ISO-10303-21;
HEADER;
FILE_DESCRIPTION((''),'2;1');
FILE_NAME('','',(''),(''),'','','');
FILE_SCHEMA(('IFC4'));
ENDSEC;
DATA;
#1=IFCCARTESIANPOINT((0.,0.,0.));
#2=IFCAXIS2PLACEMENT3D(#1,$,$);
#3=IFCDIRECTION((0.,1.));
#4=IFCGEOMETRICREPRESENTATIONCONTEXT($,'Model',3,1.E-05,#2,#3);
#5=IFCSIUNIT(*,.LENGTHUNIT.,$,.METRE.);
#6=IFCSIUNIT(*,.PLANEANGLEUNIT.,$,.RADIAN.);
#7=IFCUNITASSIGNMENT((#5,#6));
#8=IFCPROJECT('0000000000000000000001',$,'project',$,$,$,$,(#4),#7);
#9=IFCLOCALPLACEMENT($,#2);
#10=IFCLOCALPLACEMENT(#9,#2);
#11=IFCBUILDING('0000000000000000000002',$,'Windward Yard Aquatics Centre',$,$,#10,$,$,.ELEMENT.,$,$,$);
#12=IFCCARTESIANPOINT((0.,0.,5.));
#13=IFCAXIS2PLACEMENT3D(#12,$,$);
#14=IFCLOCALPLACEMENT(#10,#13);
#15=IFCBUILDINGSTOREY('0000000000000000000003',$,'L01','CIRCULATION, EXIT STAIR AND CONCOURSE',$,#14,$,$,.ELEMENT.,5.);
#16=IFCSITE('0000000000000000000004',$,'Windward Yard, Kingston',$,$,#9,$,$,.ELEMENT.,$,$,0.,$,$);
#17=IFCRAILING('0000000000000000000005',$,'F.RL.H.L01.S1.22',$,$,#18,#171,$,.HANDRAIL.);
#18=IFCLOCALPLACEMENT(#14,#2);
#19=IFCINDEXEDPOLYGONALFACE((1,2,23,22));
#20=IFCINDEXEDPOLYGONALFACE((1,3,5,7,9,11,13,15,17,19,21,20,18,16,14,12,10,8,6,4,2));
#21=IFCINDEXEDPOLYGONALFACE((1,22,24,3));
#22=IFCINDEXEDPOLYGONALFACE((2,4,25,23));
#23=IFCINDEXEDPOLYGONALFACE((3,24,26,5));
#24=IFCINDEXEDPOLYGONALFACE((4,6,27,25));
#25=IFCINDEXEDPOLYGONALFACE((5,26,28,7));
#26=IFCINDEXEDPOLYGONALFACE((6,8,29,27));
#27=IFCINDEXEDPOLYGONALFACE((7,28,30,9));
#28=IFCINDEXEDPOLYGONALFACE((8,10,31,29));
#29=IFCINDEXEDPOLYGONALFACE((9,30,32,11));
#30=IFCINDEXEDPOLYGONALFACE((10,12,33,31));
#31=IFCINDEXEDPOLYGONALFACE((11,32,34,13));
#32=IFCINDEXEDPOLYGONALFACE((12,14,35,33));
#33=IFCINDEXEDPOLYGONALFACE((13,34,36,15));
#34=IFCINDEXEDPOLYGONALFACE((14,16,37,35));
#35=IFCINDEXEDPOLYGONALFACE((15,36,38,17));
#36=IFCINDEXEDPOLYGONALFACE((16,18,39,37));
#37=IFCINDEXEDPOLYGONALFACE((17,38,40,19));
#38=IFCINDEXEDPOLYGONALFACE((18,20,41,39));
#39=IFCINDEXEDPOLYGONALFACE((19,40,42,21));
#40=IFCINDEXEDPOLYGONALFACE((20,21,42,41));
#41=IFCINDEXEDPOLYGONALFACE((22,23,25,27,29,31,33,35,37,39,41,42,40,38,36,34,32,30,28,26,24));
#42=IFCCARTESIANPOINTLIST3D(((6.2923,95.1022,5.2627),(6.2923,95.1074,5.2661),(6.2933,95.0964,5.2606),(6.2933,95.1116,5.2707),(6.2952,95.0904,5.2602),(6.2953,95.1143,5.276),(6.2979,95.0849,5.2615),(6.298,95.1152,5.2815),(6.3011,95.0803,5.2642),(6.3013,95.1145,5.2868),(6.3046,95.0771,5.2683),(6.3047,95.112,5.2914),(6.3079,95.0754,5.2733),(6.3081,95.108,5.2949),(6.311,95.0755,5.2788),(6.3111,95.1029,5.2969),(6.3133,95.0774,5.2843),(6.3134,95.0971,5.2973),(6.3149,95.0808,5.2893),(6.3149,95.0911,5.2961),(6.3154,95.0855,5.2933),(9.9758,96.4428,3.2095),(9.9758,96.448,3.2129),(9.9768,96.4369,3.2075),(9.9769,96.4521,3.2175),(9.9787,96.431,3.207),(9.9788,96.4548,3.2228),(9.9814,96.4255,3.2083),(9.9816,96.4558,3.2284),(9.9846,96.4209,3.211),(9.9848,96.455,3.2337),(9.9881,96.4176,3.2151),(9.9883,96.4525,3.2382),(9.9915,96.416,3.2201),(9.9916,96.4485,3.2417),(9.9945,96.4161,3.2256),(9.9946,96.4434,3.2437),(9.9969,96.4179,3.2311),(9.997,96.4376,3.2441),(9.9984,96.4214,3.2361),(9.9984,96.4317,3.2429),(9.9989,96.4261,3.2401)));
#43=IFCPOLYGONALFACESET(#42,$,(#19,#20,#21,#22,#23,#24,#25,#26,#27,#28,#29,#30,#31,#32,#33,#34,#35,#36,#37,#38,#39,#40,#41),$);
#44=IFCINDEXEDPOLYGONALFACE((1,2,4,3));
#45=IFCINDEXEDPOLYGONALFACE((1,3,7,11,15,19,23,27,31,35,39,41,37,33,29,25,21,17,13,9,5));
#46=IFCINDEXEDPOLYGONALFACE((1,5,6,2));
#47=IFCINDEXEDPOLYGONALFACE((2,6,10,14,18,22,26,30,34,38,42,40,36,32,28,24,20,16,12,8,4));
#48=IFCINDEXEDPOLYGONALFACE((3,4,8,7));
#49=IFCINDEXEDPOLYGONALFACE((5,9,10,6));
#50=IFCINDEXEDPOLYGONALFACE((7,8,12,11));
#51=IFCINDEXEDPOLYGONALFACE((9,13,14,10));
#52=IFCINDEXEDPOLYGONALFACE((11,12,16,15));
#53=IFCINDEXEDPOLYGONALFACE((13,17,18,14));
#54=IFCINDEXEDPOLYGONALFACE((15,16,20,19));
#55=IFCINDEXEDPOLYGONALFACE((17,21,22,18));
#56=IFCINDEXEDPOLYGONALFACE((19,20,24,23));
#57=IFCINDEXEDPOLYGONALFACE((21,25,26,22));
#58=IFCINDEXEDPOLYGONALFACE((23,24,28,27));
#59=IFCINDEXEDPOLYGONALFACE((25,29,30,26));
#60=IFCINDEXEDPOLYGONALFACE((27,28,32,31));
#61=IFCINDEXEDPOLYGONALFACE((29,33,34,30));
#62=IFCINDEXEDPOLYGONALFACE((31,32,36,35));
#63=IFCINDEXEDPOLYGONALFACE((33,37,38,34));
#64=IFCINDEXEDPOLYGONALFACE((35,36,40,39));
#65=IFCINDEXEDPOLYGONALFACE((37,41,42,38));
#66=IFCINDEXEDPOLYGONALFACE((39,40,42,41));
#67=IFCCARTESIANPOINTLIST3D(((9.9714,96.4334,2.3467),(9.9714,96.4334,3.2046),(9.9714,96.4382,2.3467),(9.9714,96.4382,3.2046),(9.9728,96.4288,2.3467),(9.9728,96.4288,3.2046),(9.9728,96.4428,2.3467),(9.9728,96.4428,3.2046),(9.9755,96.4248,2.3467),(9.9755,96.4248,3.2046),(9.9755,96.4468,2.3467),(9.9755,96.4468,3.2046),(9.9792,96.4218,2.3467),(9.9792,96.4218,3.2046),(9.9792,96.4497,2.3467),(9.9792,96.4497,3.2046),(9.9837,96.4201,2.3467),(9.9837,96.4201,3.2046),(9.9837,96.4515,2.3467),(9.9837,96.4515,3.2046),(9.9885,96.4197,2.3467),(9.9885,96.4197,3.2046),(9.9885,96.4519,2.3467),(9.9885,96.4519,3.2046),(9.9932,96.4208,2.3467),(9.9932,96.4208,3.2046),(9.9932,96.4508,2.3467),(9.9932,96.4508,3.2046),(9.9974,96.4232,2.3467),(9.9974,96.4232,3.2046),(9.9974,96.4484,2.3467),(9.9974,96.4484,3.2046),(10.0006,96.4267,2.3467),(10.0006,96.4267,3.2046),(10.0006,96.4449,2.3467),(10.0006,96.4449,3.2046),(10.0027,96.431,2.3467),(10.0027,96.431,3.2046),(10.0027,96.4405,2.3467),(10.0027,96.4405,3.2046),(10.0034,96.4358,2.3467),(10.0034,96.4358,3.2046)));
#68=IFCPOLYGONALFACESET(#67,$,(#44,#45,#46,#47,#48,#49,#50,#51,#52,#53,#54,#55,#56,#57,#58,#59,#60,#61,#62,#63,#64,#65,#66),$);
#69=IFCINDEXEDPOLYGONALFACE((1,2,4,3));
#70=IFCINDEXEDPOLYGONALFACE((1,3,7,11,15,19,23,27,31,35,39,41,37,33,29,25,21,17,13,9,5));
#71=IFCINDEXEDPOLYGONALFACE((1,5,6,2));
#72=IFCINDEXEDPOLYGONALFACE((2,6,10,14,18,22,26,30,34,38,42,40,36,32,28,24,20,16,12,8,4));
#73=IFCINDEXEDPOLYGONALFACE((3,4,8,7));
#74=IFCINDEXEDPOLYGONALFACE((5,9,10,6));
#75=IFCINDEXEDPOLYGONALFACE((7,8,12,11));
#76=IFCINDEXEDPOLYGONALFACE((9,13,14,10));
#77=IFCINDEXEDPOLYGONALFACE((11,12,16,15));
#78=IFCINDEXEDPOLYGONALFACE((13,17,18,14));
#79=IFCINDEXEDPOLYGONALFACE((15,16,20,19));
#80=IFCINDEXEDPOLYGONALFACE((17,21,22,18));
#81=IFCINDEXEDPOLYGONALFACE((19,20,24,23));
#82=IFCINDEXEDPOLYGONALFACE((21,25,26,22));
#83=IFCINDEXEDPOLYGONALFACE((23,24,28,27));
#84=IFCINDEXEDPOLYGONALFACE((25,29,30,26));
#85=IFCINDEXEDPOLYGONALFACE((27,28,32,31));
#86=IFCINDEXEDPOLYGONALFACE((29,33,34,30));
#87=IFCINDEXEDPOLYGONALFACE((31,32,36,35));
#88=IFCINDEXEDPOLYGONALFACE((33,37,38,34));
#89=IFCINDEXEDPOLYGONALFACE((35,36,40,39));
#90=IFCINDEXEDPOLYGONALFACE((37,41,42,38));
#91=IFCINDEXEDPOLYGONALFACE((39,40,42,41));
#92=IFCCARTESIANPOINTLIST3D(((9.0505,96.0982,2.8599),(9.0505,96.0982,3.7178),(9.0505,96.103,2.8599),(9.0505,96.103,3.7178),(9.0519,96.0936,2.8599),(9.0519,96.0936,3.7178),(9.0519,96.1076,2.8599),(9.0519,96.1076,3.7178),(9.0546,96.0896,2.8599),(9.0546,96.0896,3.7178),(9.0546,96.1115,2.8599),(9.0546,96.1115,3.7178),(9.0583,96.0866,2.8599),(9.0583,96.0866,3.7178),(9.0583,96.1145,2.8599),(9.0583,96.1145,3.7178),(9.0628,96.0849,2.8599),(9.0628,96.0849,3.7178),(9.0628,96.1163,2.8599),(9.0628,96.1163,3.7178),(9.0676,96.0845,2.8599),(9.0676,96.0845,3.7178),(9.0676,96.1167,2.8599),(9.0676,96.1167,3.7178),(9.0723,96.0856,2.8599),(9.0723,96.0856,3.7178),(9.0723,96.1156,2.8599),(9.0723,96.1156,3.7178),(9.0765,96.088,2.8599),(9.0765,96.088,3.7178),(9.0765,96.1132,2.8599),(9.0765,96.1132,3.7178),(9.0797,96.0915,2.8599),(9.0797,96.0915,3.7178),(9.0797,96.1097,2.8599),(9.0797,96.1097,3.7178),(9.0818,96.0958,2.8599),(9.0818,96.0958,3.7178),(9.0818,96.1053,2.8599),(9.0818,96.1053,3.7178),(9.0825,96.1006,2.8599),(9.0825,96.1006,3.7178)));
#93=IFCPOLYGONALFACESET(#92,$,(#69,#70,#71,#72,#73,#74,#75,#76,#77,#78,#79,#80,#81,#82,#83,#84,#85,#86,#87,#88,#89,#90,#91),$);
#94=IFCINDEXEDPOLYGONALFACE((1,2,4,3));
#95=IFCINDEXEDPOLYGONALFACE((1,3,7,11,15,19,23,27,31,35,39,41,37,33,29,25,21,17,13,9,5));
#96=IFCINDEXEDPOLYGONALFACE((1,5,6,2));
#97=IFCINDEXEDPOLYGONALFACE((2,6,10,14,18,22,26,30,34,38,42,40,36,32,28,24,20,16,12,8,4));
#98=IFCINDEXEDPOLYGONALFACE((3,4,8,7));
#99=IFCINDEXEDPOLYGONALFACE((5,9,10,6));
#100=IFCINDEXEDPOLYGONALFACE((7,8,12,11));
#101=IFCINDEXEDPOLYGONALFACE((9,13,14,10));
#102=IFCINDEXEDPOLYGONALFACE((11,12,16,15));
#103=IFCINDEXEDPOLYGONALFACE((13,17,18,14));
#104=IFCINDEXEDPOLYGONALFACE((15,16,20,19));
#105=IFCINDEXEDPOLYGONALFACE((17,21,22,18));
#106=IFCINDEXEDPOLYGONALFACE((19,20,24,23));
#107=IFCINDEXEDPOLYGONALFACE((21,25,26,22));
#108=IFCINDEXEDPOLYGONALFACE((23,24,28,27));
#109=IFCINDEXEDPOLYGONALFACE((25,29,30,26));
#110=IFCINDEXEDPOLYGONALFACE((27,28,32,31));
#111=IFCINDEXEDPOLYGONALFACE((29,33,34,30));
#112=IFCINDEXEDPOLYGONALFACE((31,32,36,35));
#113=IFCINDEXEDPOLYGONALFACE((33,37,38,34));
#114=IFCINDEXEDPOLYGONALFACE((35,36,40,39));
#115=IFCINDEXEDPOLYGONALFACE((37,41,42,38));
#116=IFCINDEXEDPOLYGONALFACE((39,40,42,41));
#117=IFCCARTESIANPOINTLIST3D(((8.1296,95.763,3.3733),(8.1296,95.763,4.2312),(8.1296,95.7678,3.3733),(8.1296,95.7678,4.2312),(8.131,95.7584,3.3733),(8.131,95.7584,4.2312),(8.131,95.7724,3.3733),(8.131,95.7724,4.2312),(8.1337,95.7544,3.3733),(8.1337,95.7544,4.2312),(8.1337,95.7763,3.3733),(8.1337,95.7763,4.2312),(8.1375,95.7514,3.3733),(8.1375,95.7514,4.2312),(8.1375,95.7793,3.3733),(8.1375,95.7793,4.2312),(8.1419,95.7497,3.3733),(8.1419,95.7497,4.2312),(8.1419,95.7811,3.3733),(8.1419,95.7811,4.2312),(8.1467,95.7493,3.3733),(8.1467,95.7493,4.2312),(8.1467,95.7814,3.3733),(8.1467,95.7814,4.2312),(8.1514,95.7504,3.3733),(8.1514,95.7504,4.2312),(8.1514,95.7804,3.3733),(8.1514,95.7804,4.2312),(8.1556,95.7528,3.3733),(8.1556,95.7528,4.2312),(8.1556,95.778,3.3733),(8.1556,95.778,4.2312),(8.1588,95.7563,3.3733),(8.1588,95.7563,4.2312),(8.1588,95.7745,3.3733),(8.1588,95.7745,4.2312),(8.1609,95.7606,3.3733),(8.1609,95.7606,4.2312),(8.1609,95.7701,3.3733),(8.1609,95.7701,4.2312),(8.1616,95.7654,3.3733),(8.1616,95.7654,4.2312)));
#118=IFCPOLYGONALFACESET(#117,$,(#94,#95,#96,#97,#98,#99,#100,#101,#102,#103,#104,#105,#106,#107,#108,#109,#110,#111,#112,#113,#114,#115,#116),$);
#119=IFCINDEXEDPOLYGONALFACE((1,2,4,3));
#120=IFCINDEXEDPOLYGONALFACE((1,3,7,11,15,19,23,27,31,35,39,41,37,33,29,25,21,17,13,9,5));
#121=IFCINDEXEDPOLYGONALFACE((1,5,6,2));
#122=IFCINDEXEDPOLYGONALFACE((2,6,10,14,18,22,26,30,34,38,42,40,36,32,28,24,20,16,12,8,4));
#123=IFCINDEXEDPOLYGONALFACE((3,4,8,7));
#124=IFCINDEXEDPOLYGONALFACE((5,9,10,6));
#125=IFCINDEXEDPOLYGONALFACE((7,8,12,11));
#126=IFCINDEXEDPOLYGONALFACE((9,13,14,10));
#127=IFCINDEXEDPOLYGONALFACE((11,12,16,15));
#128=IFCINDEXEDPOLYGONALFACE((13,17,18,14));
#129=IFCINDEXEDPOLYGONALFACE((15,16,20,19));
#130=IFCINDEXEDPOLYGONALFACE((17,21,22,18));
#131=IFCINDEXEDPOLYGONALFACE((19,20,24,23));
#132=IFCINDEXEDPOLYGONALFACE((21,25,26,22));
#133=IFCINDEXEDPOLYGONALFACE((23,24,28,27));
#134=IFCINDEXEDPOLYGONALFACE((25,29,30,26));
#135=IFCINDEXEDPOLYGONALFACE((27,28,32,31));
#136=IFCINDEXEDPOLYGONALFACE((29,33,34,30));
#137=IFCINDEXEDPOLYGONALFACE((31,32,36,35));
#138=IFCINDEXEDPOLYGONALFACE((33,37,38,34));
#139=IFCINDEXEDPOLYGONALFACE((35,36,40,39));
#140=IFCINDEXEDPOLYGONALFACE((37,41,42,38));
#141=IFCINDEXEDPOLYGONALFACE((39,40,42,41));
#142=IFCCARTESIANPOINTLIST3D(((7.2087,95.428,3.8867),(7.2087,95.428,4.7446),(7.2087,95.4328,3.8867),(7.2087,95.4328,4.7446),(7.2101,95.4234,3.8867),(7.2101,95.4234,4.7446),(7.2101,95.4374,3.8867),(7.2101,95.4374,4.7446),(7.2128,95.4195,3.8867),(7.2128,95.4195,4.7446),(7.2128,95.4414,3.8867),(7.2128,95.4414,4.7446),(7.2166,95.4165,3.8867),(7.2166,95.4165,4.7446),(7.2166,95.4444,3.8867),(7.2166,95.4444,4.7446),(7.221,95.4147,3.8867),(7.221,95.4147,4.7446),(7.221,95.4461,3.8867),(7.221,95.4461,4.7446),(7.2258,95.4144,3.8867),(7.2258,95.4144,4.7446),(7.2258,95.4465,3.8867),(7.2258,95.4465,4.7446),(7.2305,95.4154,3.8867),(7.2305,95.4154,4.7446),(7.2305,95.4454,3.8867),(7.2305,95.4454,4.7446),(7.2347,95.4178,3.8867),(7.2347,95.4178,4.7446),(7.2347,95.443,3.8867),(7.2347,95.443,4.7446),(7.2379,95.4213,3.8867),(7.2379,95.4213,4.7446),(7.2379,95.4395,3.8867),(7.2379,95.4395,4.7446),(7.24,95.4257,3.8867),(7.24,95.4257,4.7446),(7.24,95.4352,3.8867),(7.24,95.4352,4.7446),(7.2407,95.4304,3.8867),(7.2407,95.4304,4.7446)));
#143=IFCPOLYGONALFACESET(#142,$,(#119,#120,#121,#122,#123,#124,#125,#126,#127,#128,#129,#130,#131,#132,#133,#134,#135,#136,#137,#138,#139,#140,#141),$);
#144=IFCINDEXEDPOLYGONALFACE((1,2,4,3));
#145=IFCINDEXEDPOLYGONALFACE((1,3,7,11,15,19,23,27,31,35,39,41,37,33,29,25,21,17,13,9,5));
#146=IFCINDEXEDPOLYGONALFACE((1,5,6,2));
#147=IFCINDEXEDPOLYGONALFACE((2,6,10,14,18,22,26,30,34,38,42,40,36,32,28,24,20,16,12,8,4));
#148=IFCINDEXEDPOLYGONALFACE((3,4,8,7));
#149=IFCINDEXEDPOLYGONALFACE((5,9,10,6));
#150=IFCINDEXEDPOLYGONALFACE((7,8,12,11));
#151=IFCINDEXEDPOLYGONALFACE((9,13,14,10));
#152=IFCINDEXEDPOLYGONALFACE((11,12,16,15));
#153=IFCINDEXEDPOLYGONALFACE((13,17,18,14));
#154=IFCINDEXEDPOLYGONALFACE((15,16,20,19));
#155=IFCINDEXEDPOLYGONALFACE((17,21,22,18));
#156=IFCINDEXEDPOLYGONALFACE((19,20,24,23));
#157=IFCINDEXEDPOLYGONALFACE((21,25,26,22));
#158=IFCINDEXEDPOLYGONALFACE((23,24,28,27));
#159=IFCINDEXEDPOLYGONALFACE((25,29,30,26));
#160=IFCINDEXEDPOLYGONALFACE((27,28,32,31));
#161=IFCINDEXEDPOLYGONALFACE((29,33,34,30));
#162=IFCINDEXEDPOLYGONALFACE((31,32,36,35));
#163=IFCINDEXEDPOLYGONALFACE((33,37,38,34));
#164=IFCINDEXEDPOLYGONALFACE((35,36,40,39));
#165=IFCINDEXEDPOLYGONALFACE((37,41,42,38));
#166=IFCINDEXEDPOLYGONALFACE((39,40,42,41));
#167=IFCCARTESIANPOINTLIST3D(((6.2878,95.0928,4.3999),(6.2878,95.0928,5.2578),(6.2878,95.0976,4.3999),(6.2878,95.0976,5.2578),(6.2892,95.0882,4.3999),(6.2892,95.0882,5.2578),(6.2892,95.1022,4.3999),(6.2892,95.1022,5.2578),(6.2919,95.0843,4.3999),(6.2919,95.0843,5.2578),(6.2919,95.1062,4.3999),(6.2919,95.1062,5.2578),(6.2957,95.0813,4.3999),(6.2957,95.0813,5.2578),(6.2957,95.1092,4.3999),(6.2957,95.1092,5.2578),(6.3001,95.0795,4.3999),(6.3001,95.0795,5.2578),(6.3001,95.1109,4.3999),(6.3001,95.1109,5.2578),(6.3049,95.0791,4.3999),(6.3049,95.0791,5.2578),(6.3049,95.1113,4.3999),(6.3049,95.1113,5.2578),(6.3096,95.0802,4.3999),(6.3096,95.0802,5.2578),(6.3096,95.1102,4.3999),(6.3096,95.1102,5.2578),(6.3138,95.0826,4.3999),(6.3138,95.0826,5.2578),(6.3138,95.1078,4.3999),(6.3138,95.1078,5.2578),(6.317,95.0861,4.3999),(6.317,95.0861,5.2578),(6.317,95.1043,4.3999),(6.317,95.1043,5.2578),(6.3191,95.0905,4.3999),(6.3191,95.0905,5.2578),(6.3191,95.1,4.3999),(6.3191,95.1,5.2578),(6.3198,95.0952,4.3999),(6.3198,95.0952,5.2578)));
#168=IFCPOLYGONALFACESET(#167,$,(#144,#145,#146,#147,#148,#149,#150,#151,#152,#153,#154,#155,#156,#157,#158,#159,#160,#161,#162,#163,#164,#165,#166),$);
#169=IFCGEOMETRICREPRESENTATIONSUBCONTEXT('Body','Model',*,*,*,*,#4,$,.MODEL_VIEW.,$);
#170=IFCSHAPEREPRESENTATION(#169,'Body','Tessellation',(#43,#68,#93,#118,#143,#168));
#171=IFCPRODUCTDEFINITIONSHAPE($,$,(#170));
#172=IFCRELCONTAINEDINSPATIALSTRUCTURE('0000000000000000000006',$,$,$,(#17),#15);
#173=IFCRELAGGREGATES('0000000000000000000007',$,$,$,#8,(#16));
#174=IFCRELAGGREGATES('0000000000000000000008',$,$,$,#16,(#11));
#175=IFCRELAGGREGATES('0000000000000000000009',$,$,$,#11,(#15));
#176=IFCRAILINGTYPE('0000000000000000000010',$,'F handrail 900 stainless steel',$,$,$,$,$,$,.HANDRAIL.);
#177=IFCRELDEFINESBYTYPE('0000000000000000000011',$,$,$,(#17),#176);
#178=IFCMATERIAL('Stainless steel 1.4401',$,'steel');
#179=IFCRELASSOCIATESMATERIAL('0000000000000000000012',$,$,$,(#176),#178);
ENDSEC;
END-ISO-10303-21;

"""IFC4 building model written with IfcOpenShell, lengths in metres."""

from ifc_helpers import new_model, si_unit, direction, frame, origin, origin_2d, place, context, subcontext, project, spatial, circle, extrude, material, type_object, element, save


model = new_model("IFC4")

# Units and contexts
model_context = context("Model", 3, precision=1e-05, world=origin(), true_north=direction((0.0, 1.0)))
body_context = subcontext(model_context, "Body", "Model", "MODEL_VIEW")
ifc_project = project(units=[si_unit("LENGTHUNIT", "METRE"), si_unit("PLANEANGLEUNIT", "RADIAN")], contexts=[model_context])

# Site, building, storey
site_placement = place(None, origin())
site = spatial("IfcSite", under=ifc_project, at=site_placement, Name="Windward Yard, Kingston", CompositionType="ELEMENT", RefElevation=0.0)
building_placement = place(site_placement, origin())
building = spatial("IfcBuilding", under=site, at=building_placement, Name="Windward Yard Aquatics Centre", CompositionType="ELEMENT")
storey_placement = place(building_placement, frame((0.0, 0.0, 5.0)))
storey = spatial("IfcBuildingStorey", under=building, at=storey_placement, Name="L01", Description="CIRCULATION, EXIT STAIR AND CONCOURSE", CompositionType="ELEMENT", Elevation=5.0)

# Railing
ifc_material_1 = material(Name="Stainless steel 1.4401", Category="steel")
railing_type = type_object("IfcRailingType", Name="F handrail 900 stainless steel", PredefinedType="HANDRAIL", material=ifc_material_1)
railing_1_placement = place(storey_placement, frame((9.9873, 96.4358, 2.3467)))
element("IfcRailing", 1, at=railing_1_placement, inside=storey, type_object=railing_type, Name="F.RL.H.L01.S1.22", PredefinedType="HANDRAIL", context=body_context, shape_type="SweptSolid", body=[
    extrude(circle(Radius=0.021, at=origin_2d()), frame((0.0, 0.0, 0.8789), z_axis=(-0.832427, -0.302947, 0.463992), x_axis=(0.341988, -0.939704, 0.0)), (0.0, 0.0, 1.0), 4.425),
    extrude(circle(Radius=0.0161, at=origin_2d()), origin(), (0.0, 0.0, 1.0), 0.8579),
    extrude(circle(Radius=0.0161, at=origin_2d()), frame((-0.9209, -0.3352, 0.5132)), (0.0, 0.0, 1.0), 0.8579),
    extrude(circle(Radius=0.0161, at=origin_2d()), frame((-1.8418, -0.6704, 1.0266)), (0.0, 0.0, 1.0), 0.8579),
    extrude(circle(Radius=0.0161, at=origin_2d()), frame((-2.7627, -1.0054, 1.54)), (0.0, 0.0, 1.0), 0.8579),
    extrude(circle(Radius=0.0161, at=origin_2d()), frame((-3.6836, -1.3406, 2.0532)), (0.0, 0.0, 1.0), 0.8579),
])

save(model, "model.ifc")
